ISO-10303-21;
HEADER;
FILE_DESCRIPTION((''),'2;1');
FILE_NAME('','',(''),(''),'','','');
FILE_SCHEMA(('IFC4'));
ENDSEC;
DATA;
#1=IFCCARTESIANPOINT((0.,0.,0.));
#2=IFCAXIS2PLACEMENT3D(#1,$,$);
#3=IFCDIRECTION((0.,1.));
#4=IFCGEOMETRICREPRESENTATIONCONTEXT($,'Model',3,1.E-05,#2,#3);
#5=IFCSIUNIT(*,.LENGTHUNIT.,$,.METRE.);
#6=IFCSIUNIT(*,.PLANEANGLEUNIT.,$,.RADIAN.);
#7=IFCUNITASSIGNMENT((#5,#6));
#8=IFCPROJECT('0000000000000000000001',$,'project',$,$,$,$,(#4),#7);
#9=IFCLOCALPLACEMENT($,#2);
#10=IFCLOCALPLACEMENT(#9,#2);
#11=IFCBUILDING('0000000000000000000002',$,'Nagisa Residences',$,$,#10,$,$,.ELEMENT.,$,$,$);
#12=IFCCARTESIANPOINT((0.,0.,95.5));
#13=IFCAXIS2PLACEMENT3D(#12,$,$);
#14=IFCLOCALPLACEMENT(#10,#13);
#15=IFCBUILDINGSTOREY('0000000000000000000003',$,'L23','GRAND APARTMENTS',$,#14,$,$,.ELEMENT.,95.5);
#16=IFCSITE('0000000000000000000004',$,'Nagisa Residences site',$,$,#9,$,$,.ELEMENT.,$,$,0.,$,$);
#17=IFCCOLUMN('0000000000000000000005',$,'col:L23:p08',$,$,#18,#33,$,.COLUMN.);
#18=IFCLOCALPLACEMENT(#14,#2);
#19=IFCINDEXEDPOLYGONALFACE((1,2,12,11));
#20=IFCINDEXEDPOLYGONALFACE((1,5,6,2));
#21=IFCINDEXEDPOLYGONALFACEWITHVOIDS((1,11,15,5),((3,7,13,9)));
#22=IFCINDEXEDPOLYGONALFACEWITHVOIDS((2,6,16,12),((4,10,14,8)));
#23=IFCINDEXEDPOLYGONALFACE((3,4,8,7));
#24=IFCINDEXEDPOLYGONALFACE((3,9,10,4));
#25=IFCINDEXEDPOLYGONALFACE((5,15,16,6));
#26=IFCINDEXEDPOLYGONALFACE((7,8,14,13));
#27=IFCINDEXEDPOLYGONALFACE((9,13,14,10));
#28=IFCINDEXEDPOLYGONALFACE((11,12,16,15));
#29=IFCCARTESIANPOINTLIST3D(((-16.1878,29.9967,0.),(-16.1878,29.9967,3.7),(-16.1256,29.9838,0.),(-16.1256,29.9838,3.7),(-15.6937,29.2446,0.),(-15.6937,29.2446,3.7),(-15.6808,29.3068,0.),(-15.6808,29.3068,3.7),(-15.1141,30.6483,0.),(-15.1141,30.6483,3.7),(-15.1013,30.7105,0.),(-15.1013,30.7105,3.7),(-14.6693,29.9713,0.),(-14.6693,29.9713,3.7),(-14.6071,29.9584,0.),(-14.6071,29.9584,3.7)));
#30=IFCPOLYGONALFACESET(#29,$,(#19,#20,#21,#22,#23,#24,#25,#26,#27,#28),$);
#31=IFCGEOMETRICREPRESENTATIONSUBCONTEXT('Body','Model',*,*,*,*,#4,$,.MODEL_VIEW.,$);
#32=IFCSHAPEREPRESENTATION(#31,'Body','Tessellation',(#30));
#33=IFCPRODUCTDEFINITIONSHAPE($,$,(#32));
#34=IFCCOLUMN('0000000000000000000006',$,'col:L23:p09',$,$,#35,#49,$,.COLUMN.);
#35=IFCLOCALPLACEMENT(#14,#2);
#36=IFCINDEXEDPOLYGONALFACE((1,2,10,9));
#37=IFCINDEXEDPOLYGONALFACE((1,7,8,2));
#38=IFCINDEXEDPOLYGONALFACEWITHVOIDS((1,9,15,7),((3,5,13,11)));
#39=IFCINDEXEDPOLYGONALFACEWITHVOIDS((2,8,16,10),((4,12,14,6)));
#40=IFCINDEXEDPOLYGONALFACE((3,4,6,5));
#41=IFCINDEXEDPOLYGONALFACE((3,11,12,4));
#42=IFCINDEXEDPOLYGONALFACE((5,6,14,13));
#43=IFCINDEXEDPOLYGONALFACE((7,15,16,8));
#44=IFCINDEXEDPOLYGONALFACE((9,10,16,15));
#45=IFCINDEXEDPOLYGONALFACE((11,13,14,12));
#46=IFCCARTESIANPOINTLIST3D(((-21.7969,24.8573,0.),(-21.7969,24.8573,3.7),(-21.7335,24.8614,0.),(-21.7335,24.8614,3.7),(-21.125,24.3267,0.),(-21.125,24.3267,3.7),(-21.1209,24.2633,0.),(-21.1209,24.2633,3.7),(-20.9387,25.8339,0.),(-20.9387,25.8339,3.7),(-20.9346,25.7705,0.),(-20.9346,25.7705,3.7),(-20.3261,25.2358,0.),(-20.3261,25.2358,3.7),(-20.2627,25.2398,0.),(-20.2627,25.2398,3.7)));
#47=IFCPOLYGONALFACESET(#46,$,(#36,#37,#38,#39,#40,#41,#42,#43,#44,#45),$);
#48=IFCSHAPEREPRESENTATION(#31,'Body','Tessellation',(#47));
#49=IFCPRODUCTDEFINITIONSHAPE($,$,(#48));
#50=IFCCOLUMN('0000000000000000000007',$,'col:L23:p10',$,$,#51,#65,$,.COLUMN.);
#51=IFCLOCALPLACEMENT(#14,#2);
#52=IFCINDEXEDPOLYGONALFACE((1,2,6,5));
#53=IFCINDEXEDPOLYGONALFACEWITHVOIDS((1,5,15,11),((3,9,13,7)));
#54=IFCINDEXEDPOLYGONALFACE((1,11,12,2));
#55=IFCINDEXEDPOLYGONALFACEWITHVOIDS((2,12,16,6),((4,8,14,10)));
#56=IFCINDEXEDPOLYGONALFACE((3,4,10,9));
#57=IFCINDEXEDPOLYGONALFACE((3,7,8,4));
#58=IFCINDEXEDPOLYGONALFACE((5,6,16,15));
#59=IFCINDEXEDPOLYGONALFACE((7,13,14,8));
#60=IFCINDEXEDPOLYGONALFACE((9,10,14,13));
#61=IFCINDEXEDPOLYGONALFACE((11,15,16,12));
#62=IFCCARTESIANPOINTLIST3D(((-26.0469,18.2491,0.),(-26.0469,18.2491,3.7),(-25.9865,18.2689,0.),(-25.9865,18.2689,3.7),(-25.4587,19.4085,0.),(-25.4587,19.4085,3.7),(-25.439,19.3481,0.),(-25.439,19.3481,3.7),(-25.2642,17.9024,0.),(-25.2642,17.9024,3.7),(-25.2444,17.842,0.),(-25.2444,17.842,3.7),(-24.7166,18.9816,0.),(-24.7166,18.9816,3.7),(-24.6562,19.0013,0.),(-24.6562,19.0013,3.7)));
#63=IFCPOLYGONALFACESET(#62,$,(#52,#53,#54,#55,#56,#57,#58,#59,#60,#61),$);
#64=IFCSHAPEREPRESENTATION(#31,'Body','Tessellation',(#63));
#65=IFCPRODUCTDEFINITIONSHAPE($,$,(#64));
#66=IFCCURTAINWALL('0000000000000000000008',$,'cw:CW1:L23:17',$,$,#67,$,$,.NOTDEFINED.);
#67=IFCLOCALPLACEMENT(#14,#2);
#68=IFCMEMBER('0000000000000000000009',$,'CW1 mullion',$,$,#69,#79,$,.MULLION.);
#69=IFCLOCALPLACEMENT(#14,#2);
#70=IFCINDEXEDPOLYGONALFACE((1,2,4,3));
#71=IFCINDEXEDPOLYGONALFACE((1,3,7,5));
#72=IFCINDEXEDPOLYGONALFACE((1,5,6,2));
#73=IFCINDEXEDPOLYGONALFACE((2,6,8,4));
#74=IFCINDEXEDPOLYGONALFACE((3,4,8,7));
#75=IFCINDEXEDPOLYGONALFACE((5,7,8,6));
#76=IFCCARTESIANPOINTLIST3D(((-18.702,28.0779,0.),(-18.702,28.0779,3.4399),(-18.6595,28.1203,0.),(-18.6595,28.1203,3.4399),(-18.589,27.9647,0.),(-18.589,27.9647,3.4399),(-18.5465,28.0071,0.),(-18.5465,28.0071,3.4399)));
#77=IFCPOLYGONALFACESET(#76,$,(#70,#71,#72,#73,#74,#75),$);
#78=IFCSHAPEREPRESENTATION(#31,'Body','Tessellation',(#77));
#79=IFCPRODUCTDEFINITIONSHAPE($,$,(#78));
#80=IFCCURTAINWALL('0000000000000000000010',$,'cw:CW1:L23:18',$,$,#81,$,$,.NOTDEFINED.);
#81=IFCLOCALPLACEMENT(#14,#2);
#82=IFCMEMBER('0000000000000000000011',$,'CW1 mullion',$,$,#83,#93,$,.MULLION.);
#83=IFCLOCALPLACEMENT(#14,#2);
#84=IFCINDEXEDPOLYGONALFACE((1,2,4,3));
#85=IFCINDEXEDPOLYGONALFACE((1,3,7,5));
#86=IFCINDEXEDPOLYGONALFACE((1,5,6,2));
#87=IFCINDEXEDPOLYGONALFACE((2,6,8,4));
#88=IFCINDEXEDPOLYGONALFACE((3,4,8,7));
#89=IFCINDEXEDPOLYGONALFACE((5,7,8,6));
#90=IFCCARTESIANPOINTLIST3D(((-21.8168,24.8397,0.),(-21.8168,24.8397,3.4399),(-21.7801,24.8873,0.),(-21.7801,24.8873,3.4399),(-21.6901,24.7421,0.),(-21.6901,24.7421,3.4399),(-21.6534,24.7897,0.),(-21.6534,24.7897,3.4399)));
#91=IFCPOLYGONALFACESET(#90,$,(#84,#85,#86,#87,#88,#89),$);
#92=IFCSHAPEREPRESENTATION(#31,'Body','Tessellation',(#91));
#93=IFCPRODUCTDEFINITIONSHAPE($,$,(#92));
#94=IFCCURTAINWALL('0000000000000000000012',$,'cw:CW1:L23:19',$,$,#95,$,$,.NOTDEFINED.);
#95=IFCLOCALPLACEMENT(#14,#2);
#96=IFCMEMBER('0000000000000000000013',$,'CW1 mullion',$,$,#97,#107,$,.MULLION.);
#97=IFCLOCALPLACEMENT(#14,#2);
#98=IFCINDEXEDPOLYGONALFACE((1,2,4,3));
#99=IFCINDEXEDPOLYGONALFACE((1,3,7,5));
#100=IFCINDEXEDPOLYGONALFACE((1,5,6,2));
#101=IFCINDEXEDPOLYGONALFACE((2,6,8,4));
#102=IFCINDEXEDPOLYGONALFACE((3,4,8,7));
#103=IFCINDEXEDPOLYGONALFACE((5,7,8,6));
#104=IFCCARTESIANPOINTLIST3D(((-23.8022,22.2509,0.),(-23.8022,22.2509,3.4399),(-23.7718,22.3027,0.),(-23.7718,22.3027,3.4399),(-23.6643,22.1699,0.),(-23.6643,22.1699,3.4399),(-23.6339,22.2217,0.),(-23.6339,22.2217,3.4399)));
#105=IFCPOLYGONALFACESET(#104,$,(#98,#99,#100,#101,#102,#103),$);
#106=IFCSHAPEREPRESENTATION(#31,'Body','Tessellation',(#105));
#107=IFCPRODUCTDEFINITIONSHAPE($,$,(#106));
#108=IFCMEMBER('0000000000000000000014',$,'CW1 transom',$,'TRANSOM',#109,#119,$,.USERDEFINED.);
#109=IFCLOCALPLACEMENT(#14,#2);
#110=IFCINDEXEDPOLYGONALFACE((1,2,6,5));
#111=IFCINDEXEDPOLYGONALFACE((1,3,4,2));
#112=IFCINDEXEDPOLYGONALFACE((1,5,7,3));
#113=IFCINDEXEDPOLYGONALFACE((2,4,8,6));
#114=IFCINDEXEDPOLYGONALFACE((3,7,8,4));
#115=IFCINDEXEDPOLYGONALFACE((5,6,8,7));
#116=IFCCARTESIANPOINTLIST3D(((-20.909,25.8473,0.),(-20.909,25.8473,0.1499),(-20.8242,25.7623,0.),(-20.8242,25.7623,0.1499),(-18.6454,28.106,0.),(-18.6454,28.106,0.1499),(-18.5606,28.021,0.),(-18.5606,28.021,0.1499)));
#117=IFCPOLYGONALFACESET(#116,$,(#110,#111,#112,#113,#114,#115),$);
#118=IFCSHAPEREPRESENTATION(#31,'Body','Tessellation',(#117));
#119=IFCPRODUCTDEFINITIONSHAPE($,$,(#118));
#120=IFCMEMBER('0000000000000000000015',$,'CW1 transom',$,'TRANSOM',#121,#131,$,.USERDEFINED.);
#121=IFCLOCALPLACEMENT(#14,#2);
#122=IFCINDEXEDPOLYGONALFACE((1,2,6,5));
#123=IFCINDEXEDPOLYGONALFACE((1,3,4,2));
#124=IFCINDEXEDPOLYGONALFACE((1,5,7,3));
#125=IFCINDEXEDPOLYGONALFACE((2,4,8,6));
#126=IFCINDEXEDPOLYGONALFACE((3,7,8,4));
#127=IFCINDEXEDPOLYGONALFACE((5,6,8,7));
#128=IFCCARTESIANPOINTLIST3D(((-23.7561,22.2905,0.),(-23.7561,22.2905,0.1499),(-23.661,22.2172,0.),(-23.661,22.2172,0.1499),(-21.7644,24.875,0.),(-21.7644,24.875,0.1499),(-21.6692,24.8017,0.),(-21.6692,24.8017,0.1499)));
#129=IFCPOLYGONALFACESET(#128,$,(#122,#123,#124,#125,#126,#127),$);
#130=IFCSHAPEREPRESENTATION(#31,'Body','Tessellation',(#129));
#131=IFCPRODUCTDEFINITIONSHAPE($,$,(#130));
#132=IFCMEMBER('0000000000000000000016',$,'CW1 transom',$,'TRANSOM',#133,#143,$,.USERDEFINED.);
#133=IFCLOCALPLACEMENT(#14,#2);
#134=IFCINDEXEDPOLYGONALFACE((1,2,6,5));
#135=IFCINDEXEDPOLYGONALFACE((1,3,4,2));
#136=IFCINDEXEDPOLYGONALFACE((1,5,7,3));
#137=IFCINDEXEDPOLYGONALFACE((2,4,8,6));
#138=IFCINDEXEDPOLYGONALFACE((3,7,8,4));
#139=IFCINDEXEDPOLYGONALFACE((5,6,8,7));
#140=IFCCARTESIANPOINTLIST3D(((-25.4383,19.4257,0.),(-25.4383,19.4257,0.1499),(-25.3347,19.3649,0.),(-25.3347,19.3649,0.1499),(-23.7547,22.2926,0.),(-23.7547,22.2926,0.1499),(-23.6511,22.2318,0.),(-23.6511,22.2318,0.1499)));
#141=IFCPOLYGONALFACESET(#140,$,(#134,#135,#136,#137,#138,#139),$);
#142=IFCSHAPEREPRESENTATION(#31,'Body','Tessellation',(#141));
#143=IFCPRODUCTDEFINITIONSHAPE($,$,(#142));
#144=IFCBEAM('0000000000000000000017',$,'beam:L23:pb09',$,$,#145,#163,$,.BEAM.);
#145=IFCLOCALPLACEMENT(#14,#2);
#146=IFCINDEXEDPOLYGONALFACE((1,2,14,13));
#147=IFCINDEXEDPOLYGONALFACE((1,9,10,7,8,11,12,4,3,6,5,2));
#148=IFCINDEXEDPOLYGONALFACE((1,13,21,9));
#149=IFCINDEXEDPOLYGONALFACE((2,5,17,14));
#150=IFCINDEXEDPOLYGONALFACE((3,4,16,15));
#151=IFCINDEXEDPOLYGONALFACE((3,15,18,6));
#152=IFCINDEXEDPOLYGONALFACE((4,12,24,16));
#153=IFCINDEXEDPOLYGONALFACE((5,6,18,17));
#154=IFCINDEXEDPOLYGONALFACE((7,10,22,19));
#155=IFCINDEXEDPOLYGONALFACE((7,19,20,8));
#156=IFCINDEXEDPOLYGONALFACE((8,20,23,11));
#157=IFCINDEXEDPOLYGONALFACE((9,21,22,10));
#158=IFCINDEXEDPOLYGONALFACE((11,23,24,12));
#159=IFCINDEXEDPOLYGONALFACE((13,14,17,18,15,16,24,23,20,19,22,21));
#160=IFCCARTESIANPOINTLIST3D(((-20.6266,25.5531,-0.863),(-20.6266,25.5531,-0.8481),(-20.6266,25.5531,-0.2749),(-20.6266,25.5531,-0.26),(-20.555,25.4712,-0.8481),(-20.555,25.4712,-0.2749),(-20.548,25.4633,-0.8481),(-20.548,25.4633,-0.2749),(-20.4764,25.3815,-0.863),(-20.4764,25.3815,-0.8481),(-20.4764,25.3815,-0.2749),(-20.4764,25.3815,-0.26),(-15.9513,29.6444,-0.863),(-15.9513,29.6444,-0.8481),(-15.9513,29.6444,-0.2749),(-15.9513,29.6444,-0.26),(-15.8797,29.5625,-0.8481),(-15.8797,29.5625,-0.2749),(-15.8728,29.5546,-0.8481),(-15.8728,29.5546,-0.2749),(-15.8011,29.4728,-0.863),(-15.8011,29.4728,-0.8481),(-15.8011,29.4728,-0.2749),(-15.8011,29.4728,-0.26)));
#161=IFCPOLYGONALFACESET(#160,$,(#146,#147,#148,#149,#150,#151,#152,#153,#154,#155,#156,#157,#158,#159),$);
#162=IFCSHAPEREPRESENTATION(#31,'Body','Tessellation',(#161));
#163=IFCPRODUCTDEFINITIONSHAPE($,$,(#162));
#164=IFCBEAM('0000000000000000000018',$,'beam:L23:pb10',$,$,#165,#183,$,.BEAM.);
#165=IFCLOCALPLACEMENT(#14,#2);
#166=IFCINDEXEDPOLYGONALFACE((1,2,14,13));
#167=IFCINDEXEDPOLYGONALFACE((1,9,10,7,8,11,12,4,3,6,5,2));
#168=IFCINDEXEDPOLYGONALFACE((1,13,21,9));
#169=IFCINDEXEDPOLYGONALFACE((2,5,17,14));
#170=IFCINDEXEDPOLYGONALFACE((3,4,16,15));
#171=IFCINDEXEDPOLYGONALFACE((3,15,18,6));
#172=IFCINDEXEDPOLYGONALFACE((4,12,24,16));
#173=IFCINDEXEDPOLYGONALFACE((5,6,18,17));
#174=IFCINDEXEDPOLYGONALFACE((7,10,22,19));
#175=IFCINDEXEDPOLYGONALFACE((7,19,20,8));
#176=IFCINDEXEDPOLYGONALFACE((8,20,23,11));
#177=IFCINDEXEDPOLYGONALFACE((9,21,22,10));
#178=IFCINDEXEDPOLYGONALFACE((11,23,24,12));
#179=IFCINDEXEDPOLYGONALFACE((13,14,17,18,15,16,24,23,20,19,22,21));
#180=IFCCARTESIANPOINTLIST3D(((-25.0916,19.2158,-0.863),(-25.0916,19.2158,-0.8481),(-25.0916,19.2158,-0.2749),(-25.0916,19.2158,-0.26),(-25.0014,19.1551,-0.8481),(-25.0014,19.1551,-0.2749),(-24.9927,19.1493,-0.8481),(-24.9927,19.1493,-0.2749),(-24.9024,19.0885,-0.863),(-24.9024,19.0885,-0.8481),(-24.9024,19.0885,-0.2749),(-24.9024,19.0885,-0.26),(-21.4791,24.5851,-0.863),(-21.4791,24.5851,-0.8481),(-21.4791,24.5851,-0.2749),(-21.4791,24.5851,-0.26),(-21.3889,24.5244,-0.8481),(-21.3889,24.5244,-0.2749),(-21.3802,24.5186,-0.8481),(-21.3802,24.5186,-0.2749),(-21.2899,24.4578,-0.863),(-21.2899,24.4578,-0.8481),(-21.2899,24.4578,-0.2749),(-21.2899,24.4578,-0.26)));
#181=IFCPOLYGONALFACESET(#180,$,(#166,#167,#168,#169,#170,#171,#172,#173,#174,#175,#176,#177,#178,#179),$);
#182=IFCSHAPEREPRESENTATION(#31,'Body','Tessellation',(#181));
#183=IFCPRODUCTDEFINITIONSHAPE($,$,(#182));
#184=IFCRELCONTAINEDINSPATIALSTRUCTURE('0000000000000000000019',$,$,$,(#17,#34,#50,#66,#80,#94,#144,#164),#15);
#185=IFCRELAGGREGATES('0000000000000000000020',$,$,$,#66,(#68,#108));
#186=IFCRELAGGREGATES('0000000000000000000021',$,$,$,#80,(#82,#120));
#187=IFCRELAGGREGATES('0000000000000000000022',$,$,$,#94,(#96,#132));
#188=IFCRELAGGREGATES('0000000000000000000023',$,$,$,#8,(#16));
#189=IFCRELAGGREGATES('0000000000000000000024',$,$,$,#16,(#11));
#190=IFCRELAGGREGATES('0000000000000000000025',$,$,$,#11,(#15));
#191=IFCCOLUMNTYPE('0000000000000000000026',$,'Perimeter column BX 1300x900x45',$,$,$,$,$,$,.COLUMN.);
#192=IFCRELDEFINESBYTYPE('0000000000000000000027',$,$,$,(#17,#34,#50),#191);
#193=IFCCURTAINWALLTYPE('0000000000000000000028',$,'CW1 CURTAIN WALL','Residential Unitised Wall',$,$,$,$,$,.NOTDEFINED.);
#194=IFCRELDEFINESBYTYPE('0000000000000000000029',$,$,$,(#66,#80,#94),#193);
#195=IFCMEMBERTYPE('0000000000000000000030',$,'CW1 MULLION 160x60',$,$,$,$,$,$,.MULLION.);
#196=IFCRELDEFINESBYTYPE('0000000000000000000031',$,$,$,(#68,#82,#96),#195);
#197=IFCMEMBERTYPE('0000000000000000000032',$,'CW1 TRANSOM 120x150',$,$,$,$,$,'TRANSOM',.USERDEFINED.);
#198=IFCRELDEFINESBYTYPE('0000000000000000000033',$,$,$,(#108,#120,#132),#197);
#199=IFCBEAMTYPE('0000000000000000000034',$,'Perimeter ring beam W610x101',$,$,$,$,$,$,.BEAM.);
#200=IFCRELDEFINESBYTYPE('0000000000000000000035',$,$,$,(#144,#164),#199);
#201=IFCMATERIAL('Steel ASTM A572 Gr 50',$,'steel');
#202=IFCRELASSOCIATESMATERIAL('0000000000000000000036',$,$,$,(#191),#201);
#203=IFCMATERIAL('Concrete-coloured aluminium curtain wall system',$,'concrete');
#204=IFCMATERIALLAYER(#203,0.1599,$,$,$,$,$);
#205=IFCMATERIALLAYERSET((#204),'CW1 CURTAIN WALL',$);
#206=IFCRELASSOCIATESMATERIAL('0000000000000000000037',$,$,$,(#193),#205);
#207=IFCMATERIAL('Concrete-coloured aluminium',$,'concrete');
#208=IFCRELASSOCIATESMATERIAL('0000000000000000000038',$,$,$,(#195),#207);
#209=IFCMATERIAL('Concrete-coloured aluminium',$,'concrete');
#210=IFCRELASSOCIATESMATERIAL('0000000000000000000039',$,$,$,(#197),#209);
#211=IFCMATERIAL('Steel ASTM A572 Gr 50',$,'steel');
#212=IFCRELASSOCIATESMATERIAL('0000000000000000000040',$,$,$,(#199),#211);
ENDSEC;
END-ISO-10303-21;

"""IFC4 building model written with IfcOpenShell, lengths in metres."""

from ifc_helpers import new_model, si_unit, direction, frame, origin, origin_2d, place, context, subcontext, project, spatial, rectangle, hollow_rectangle, i_section, extrude, material, layer, layer_set, material_profile, profile_set, type_object, element, aggregate, save


model = new_model("IFC4")

# Units and contexts
model_context = context("Model", 3, precision=1e-05, world=origin(), true_north=direction((0.0, 1.0)))
body_context = subcontext(model_context, "Body", "Model", "MODEL_VIEW")
ifc_project = project(units=[si_unit("LENGTHUNIT", "METRE"), si_unit("PLANEANGLEUNIT", "RADIAN")], contexts=[model_context])

# Site, building, storey
site_placement = place(None, origin())
site = spatial("IfcSite", under=ifc_project, at=site_placement, Name="Nagisa Residences site", CompositionType="ELEMENT", RefElevation=0.0)
building_placement = place(site_placement, origin())
building = spatial("IfcBuilding", under=site, at=building_placement, Name="Nagisa Residences", CompositionType="ELEMENT")
storey_placement = place(building_placement, frame((0.0, 0.0, 95.5)))
storey = spatial("IfcBuildingStorey", under=building, at=storey_placement, Name="L23", Description="GRAND APARTMENTS", CompositionType="ELEMENT", Elevation=95.5)

# Columns
ifc_material_1 = material(Name="Steel ASTM A572 Gr 50", Category="steel")
ifc_material_profile_1 = material_profile(ifc_material_1, hollow_rectangle(XDim=1.3, YDim=0.8999, WallThickness=0.0449, at=origin_2d()), Name="BX 1300x900x45")
ifc_profile_set_1 = profile_set([ifc_material_profile_1], Name="Steel ASTM A572 Gr 50")
column_type = type_object("IfcColumnType", Name="Perimeter column BX 1300x900x45", PredefinedType="COLUMN", material=ifc_profile_set_1)
for number, where, z_axis, x_axis, name in (
    (1, (-15.3975, 29.9775, 0.0), (0.0, 0.0, 1.0), (-0.835766, -0.549086, 0.0), "col:L23:p08"),
    (2, (-21.0298, 25.0486, 0.0), (0.0, 0.0, 1.0), (-0.660115, -0.751165, 0.0), "col:L23:p09"),
    (3, (-25.3516, 18.6252, 0.0), (0.0, 0.0, 1.0), (-0.452463, -0.891783, 0.0), "col:L23:p10"),
):
    element("IfcColumn", number, at=place(storey_placement, frame(where, z_axis=z_axis, x_axis=x_axis)), inside=storey, type_object=column_type, Name=name, PredefinedType="COLUMN", context=body_context, shape_type="SweptSolid", body=[
        extrude(hollow_rectangle(XDim=1.3, YDim=0.8999, WallThickness=0.0449, at=origin_2d()), origin(), (0.0, 0.0, 1.0), 3.7),
    ])

# Curtain walls, members
ifc_material_2 = material(Name="Concrete-coloured aluminium curtain wall system", Category="concrete")
ifc_layer_1 = layer(ifc_material_2, 0.1599)
ifc_layer_set_1 = layer_set([ifc_layer_1], Name="CW1 CURTAIN WALL")
curtain_wall_type = type_object("IfcCurtainWallType", Name="CW1 CURTAIN WALL", Description="Residential Unitised Wall", PredefinedType="NOTDEFINED", material=ifc_layer_set_1)
curtain_wall_1_placement = place(storey_placement, origin())
curtain_wall_1 = element("IfcCurtainWall", 4, at=curtain_wall_1_placement, inside=storey, type_object=curtain_wall_type, Name="cw:CW1:L23:17", PredefinedType="NOTDEFINED")
ifc_material_3 = material(Name="Concrete-coloured aluminium", Category="concrete")
ifc_material_profile_2 = material_profile(ifc_material_3, rectangle(XDim=0.1599, YDim=0.0601, at=origin_2d()), Name="CW1 MULLION 160x60")
ifc_profile_set_2 = profile_set([ifc_material_profile_2], Name="Concrete-coloured aluminium")
member_type_1 = type_object("IfcMemberType", Name="CW1 MULLION 160x60", PredefinedType="MULLION", material=ifc_profile_set_2)
member_1_placement = place(storey_placement, frame((-18.6243, 28.0425, 0.0), z_axis=(0.0, 0.0, 1.0), x_axis=(0.706377, -0.707836, 0.0)))
member_1 = element("IfcMember", 5, at=member_1_placement, type_object=member_type_1, Name="CW1 mullion", PredefinedType="MULLION", context=body_context, shape_type="SweptSolid", body=[
    extrude(rectangle(XDim=0.1599, YDim=0.0601, at=origin_2d()), origin(), (0.0, 0.0, 1.0), 3.4399),
])
curtain_wall_2_placement = place(storey_placement, origin())
curtain_wall_2 = element("IfcCurtainWall", 6, at=curtain_wall_2_placement, inside=storey, type_object=curtain_wall_type, Name="cw:CW1:L23:18", PredefinedType="NOTDEFINED")
member_2_placement = place(storey_placement, frame((-21.7351, 24.8147, 0.0), z_axis=(0.0, 0.0, 1.0), x_axis=(0.79207, -0.61043, 0.0)))
member_2 = element("IfcMember", 7, at=member_2_placement, type_object=member_type_1, Name="CW1 mullion", PredefinedType="MULLION", context=body_context, shape_type="SweptSolid", body=[
    extrude(rectangle(XDim=0.1599, YDim=0.0601, at=origin_2d()), origin(), (0.0, 0.0, 1.0), 3.4399),
])
curtain_wall_3_placement = place(storey_placement, origin())
curtain_wall_3 = element("IfcCurtainWall", 8, at=curtain_wall_3_placement, inside=storey, type_object=curtain_wall_type, Name="cw:CW1:L23:19", PredefinedType="NOTDEFINED")
member_3_placement = place(storey_placement, frame((-23.718, 22.2363, 0.0), z_axis=(0.0, 0.0, 1.0), x_axis=(0.862329, -0.506349, 0.0)))
member_3 = element("IfcMember", 9, at=member_3_placement, type_object=member_type_1, Name="CW1 mullion", PredefinedType="MULLION", context=body_context, shape_type="SweptSolid", body=[
    extrude(rectangle(XDim=0.1599, YDim=0.0601, at=origin_2d()), origin(), (0.0, 0.0, 1.0), 3.4399),
])

# Members
ifc_material_4 = material(Name="Concrete-coloured aluminium", Category="concrete")
ifc_material_profile_3 = material_profile(ifc_material_4, rectangle(XDim=0.1201, YDim=0.1499, at=origin_2d()), Name="CW1 TRANSOM 120x150")
ifc_profile_set_3 = profile_set([ifc_material_profile_3], Name="Concrete-coloured aluminium")
member_type_2 = type_object("IfcMemberType", Name="CW1 TRANSOM 120x150", ElementType="TRANSOM", PredefinedType="USERDEFINED", material=ifc_profile_set_3)
member_4_placement = place(storey_placement, frame((-18.603, 28.0635, 0.075), z_axis=(-0.70787, -0.706343, 0.0), x_axis=(0.706343, -0.70787, 0.0)))
member_4 = element("IfcMember", 10, at=member_4_placement, type_object=member_type_2, Name="CW1 transom", ObjectType="TRANSOM", PredefinedType="USERDEFINED", context=body_context, shape_type="SweptSolid", body=[
    extrude(rectangle(XDim=0.1201, YDim=0.1499, at=origin_2d()), origin(), (0.0, 0.0, 1.0), 3.1978),
])
member_5_placement = place(storey_placement, frame((-21.7168, 24.8384, 0.075), z_axis=(-0.610412, -0.792084, 0.0), x_axis=(0.792084, -0.610412, 0.0)))
member_5 = element("IfcMember", 11, at=member_5_placement, type_object=member_type_2, Name="CW1 transom", ObjectType="TRANSOM", PredefinedType="USERDEFINED", context=body_context, shape_type="SweptSolid", body=[
    extrude(rectangle(XDim=0.1201, YDim=0.1499, at=origin_2d()), origin(), (0.0, 0.0, 1.0), 3.2629),
])
member_6_placement = place(storey_placement, frame((-23.7029, 22.2622, 0.075), z_axis=(-0.506385, -0.862308, 0.0), x_axis=(0.862308, -0.506385, 0.0)))
member_6 = element("IfcMember", 12, at=member_6_placement, type_object=member_type_2, Name="CW1 transom", ObjectType="TRANSOM", PredefinedType="USERDEFINED", context=body_context, shape_type="SweptSolid", body=[
    extrude(rectangle(XDim=0.1201, YDim=0.1499, at=origin_2d()), origin(), (0.0, 0.0, 1.0), 3.3247),
])

# Beams
ifc_material_5 = material(Name="Steel ASTM A572 Gr 50", Category="steel")
ifc_material_profile_4 = material_profile(ifc_material_5, i_section(OverallWidth=0.228, OverallDepth=0.603, WebThickness=0.0105, FlangeThickness=0.0149, at=origin_2d()), Name="W610x101")
ifc_profile_set_4 = profile_set([ifc_material_profile_4], Name="Steel ASTM A572 Gr 50")
beam_type_1 = type_object("IfcBeamType", Name="Perimeter ring beam W610x101", PredefinedType="BEAM", material=ifc_profile_set_4)
beam_1_placement = place(storey_placement, frame((-15.8762, 29.5586, -0.5615), z_axis=(-0.752543, -0.658544, 0.0), x_axis=(0.658544, -0.752543, 0.0)))
element("IfcBeam", 13, at=beam_1_placement, inside=storey, type_object=beam_type_1, Name="beam:L23:pb09", PredefinedType="BEAM", context=body_context, shape_type="SweptSolid", body=[
    extrude(i_section(OverallWidth=0.228, OverallDepth=0.603, WebThickness=0.0105, FlangeThickness=0.0149, at=origin_2d()), origin(), (0.0, 0.0, 1.0), 6.2126),
])
beam_2_placement = place(storey_placement, frame((-21.3845, 24.5215, -0.5615), z_axis=(-0.558221, -0.829692, 0.0), x_axis=(0.829692, -0.558221, 0.0)))
element("IfcBeam", 14, at=beam_2_placement, inside=storey, type_object=beam_type_1, Name="beam:L23:pb10", PredefinedType="BEAM", context=body_context, shape_type="SweptSolid", body=[
    extrude(i_section(OverallWidth=0.228, OverallDepth=0.603, WebThickness=0.0105, FlangeThickness=0.0149, at=origin_2d()), origin(), (0.0, 0.0, 1.0), 6.4714),
])

aggregate(curtain_wall_1, [member_1, member_4])
aggregate(curtain_wall_2, [member_2, member_5])
aggregate(curtain_wall_3, [member_3, member_6])

save(model, "model.ifc")
